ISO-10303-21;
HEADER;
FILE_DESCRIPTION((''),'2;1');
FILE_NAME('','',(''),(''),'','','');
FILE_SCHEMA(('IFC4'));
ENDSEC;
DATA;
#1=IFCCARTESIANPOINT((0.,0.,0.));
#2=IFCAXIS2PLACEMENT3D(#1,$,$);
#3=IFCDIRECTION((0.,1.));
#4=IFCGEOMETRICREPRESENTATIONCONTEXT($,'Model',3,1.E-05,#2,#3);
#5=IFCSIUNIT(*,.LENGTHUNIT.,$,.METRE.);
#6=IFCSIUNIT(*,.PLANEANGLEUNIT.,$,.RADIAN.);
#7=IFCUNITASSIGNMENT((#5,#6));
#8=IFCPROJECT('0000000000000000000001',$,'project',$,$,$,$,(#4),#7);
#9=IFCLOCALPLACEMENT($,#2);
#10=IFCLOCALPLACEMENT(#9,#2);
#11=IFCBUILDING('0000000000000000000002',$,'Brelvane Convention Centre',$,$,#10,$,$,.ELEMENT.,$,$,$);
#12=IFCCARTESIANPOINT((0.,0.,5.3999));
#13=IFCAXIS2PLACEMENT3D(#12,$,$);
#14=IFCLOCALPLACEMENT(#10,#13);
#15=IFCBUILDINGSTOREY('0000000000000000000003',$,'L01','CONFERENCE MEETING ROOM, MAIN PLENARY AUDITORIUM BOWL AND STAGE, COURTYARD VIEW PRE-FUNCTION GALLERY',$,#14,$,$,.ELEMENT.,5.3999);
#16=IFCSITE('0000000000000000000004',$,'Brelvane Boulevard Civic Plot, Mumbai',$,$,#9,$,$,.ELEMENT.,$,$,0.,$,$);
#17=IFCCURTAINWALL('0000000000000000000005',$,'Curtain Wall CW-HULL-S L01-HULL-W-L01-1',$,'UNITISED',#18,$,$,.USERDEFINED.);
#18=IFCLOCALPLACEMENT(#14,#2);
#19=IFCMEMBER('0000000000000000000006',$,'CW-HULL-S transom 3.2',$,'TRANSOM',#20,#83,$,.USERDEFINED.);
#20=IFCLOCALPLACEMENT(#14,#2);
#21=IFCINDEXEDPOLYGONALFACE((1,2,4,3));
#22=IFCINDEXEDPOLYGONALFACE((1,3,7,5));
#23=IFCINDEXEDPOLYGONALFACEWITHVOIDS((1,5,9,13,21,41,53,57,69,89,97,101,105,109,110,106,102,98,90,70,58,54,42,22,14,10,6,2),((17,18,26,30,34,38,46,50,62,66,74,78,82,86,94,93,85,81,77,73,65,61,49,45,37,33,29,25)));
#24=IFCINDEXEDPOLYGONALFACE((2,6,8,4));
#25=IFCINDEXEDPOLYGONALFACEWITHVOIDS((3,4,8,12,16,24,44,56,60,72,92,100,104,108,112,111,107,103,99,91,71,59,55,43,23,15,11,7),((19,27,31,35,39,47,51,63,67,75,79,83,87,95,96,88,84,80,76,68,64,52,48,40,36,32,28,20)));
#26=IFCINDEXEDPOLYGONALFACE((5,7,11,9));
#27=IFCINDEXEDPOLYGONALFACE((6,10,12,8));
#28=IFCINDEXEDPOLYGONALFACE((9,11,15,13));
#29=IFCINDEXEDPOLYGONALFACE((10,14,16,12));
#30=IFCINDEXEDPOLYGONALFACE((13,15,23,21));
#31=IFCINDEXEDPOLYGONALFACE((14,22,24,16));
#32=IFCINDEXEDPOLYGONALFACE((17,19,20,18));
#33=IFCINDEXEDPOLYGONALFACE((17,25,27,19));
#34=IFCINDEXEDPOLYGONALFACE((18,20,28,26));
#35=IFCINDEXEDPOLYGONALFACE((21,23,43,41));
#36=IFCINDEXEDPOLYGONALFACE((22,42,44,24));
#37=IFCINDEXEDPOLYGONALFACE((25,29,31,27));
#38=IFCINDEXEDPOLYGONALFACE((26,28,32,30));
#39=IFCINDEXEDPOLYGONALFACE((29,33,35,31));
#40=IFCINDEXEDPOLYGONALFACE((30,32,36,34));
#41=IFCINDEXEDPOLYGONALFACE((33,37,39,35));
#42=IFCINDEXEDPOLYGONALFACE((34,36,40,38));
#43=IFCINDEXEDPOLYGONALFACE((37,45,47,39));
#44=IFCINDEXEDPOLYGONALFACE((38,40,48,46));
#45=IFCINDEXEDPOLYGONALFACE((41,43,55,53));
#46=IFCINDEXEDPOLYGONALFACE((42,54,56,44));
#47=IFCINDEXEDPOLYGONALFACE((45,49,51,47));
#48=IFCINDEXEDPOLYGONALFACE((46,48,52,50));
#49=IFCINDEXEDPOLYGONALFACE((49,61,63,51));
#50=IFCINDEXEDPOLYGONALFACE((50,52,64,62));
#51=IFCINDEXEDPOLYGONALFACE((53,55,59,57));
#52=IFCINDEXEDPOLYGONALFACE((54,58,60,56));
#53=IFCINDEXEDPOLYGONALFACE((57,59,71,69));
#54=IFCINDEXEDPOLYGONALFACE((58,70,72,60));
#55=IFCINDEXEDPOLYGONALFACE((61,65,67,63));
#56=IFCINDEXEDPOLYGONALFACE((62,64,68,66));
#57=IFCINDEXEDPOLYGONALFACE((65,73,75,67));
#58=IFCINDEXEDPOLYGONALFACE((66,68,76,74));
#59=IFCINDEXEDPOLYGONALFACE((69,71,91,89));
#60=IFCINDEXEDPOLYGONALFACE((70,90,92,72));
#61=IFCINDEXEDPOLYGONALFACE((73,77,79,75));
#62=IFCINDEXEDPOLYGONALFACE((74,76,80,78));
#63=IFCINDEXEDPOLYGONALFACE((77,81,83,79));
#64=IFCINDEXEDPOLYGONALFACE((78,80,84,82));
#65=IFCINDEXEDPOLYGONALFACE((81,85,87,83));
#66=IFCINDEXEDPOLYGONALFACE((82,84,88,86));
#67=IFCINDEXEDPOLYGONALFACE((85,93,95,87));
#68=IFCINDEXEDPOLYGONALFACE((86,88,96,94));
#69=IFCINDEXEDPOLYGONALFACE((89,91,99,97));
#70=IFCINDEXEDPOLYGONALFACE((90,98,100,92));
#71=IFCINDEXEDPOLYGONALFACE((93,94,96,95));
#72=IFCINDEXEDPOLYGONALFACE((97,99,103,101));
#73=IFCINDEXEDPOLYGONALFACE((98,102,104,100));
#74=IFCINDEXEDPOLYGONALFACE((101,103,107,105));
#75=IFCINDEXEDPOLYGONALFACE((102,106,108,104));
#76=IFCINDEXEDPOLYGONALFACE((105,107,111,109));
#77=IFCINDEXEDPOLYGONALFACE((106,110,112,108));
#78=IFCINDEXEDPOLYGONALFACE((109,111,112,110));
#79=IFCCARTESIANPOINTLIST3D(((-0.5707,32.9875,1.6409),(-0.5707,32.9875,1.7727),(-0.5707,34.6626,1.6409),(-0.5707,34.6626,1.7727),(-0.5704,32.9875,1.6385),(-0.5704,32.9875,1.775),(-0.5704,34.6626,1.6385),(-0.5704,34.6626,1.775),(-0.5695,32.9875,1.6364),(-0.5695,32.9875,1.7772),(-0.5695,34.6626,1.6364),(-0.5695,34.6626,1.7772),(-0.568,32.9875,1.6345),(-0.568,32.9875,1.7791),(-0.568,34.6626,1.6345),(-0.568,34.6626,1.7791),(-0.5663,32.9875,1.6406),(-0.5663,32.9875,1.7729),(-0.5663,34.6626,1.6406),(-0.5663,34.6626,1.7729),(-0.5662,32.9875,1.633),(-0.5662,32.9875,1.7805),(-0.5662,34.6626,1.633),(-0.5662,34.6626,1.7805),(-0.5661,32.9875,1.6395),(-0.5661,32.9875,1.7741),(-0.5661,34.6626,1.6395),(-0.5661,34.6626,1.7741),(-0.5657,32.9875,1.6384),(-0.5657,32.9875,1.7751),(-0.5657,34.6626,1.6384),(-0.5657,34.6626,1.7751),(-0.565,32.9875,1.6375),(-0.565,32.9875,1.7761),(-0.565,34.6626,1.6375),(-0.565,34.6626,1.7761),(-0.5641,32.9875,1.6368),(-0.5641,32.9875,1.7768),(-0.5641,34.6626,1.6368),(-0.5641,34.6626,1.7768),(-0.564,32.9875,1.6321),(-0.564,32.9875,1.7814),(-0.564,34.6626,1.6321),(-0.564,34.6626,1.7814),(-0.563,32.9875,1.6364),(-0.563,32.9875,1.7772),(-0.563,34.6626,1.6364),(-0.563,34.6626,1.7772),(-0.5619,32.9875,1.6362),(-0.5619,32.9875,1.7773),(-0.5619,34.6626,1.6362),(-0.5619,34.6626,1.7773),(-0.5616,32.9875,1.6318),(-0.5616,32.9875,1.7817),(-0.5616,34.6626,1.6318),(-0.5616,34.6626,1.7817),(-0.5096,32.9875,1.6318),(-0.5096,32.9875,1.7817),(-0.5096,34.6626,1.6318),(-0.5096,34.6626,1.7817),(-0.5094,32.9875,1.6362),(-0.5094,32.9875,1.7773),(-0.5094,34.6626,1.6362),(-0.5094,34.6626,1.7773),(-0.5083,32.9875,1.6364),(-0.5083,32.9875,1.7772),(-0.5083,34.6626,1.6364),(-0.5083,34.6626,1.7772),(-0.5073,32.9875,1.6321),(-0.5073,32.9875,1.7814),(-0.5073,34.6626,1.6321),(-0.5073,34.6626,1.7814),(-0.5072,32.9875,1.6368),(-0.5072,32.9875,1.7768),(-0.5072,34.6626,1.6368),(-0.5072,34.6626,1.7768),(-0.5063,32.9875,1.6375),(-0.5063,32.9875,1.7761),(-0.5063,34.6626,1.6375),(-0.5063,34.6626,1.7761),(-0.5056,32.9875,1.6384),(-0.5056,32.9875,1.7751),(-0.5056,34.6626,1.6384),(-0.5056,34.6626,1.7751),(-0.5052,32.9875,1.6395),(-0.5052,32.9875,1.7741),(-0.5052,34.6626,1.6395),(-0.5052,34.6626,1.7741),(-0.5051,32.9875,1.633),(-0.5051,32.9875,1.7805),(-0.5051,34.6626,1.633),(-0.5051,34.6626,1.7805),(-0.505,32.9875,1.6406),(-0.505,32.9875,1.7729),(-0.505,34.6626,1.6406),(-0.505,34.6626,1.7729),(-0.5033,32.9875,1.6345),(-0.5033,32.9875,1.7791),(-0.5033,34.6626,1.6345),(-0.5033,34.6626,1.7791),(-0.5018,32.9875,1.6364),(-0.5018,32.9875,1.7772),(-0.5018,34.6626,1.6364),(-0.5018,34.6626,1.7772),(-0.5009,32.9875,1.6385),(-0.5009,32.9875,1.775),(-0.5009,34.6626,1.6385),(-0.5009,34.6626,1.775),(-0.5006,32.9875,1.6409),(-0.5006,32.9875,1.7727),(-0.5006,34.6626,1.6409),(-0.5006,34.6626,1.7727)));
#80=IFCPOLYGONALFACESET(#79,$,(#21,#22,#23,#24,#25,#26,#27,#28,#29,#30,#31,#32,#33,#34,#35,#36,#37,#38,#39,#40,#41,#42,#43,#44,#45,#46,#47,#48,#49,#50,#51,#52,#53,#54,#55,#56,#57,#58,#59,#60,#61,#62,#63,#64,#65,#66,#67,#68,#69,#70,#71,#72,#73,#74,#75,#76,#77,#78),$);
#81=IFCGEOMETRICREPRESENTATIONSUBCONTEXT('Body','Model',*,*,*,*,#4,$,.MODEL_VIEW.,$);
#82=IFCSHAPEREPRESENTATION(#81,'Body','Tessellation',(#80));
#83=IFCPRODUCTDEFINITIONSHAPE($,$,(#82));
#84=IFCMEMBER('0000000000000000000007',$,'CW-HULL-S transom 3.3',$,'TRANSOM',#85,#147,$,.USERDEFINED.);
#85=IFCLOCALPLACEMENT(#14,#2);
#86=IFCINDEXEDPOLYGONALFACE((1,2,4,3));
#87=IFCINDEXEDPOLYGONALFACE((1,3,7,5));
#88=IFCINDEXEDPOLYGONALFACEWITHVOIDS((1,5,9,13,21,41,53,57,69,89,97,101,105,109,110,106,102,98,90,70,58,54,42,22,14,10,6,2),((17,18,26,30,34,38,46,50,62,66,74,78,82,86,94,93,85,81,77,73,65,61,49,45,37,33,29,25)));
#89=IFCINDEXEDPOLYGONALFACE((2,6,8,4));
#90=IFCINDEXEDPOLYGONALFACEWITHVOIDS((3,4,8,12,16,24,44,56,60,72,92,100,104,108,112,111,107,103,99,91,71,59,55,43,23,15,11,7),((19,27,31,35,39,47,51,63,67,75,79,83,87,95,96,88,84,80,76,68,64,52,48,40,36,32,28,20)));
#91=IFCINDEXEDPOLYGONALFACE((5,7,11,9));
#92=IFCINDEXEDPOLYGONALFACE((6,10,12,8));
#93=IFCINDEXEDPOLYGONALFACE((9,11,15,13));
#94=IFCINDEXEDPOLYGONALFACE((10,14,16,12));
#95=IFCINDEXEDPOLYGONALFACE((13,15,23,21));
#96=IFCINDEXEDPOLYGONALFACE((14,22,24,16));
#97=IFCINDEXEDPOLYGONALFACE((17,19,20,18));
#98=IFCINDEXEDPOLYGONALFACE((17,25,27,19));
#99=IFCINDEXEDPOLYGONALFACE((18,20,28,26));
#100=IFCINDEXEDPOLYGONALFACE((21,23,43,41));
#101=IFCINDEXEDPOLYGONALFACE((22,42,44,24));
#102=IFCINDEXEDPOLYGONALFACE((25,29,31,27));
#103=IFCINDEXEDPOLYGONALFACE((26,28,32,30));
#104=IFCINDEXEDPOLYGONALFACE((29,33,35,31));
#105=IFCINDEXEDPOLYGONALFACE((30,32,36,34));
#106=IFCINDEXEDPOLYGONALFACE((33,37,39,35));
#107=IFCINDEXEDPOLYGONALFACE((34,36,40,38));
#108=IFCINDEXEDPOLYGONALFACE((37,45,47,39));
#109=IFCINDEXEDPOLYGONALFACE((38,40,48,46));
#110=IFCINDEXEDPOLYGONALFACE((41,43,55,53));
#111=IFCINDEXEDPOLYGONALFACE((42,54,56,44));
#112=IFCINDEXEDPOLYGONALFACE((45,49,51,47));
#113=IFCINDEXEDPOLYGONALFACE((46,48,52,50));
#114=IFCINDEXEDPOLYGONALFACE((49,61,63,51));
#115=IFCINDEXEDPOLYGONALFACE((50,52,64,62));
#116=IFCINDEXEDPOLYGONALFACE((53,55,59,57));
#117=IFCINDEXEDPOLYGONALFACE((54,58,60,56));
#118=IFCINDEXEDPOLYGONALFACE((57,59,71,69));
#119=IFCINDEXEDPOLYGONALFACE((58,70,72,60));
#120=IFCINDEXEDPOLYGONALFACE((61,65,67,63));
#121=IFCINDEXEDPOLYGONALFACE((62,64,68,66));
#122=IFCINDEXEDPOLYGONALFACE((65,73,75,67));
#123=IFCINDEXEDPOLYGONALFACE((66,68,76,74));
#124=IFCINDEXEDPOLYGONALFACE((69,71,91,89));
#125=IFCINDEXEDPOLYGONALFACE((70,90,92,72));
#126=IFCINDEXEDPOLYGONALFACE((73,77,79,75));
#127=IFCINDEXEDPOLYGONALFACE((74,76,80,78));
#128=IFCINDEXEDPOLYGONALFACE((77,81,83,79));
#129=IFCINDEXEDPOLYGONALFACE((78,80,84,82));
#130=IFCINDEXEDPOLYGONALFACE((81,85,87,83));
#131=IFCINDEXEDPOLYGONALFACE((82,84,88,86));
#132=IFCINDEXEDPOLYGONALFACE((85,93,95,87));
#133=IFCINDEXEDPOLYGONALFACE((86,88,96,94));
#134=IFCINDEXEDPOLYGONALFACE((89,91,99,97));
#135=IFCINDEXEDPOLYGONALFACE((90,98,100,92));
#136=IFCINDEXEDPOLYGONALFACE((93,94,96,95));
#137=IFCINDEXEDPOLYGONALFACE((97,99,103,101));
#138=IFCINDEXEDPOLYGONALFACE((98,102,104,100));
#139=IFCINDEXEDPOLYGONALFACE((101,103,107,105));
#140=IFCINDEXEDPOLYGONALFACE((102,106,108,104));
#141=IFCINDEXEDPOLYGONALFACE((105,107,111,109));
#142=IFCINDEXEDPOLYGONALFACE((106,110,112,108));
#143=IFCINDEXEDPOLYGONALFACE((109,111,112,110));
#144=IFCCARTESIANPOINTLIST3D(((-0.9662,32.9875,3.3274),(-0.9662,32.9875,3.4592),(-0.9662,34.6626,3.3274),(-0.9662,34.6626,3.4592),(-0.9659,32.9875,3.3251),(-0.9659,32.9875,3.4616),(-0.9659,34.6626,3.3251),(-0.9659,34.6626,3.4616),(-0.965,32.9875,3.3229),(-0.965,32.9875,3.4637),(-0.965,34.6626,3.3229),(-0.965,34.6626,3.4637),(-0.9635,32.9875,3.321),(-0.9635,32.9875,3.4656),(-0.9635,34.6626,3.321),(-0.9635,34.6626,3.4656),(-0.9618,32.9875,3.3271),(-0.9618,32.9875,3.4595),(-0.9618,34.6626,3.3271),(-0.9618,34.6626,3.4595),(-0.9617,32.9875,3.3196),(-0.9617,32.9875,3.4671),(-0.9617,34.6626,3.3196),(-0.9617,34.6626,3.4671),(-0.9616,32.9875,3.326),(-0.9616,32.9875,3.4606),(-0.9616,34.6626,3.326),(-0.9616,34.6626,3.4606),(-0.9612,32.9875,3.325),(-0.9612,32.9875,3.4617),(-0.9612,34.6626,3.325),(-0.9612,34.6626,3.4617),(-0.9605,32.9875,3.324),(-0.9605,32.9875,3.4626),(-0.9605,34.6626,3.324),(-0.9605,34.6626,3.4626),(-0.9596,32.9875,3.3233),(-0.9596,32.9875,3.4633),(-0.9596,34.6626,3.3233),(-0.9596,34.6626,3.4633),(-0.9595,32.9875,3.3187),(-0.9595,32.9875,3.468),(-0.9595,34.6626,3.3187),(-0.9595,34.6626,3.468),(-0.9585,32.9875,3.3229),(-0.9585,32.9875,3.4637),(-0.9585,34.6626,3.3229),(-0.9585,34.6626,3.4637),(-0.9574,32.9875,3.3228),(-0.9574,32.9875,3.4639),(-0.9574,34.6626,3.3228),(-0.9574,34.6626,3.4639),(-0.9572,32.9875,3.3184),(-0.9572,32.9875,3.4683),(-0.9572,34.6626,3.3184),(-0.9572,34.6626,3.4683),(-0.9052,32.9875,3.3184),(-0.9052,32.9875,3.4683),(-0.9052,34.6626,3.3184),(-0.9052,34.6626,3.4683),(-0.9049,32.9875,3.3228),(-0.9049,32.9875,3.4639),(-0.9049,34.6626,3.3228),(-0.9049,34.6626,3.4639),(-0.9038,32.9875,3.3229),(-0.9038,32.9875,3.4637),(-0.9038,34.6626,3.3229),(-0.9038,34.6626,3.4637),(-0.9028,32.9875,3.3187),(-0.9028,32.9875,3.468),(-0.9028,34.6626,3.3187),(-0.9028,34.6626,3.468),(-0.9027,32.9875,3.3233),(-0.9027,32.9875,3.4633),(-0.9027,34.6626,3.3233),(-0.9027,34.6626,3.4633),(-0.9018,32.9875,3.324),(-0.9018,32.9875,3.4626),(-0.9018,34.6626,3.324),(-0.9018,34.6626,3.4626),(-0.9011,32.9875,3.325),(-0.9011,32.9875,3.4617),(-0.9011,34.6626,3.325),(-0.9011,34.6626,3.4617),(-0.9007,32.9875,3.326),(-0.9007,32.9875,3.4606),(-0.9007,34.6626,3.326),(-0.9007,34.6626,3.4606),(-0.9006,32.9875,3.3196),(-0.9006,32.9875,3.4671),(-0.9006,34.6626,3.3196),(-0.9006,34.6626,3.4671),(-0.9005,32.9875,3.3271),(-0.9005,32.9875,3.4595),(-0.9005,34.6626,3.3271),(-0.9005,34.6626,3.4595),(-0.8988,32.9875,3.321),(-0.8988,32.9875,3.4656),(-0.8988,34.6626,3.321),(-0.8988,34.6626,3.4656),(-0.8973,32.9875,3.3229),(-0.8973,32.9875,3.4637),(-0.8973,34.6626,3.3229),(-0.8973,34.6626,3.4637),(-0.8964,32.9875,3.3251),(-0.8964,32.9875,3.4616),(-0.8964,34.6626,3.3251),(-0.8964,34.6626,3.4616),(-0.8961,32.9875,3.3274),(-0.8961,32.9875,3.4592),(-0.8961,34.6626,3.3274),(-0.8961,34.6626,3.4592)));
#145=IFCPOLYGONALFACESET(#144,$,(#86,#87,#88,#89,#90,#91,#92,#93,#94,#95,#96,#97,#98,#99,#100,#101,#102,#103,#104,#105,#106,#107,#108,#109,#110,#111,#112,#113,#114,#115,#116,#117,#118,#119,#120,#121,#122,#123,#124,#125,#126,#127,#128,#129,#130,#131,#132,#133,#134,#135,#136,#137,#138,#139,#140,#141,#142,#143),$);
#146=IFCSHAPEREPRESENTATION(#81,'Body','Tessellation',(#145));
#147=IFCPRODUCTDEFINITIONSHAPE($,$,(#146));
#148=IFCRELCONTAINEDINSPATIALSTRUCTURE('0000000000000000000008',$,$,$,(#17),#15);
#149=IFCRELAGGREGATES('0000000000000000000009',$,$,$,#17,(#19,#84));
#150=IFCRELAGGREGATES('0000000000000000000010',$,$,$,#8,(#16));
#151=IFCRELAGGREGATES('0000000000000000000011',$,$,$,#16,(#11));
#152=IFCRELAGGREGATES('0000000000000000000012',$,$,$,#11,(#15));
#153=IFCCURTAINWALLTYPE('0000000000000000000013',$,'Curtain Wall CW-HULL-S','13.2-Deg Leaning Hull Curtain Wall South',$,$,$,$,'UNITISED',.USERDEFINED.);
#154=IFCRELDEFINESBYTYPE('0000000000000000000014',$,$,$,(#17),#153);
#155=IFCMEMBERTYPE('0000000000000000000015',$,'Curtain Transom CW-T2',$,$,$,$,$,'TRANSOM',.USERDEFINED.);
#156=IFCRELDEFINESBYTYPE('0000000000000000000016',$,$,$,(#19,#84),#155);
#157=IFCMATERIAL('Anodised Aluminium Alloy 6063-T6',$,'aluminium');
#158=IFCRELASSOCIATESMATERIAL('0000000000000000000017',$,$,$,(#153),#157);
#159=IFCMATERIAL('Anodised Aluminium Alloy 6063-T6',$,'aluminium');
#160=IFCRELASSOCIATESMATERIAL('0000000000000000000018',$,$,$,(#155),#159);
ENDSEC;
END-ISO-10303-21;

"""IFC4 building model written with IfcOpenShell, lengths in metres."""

from ifc_helpers import new_model, si_unit, direction, frame, origin, origin_2d, place, context, subcontext, project, spatial, hollow_rectangle, extrude, material, material_profile, profile_set, type_object, element, aggregate, save


model = new_model("IFC4")

# Units and contexts
model_context = context("Model", 3, precision=1e-05, world=origin(), true_north=direction((0.0, 1.0)))
body_context = subcontext(model_context, "Body", "Model", "MODEL_VIEW")
ifc_project = project(units=[si_unit("LENGTHUNIT", "METRE"), si_unit("PLANEANGLEUNIT", "RADIAN")], contexts=[model_context])

# Site, building, storey
site_placement = place(None, origin())
site = spatial("IfcSite", under=ifc_project, at=site_placement, Name="Brelvane Boulevard Civic Plot, Mumbai", CompositionType="ELEMENT", RefElevation=0.0)
building_placement = place(site_placement, origin())
building = spatial("IfcBuilding", under=site, at=building_placement, Name="Brelvane Convention Centre", CompositionType="ELEMENT")
storey_placement = place(building_placement, frame((0.0, 0.0, 5.3999)))
storey = spatial("IfcBuildingStorey", under=building, at=storey_placement, Name="L01", Description="CONFERENCE MEETING ROOM, MAIN PLENARY AUDITORIUM BOWL AND STAGE, COURTYARD VIEW PRE-FUNCTION GALLERY", CompositionType="ELEMENT", Elevation=5.3999)

# Curtain wall, members
ifc_material_1 = material(Name="Anodised Aluminium Alloy 6063-T6", Category="aluminium")
curtain_wall_type = type_object("IfcCurtainWallType", Name="Curtain Wall CW-HULL-S", Description="13.2-Deg Leaning Hull Curtain Wall South", ElementType="UNITISED", PredefinedType="USERDEFINED", material=ifc_material_1)
curtain_wall_placement = place(storey_placement, origin())
curtain_wall = element("IfcCurtainWall", 1, at=curtain_wall_placement, inside=storey, type_object=curtain_wall_type, Name="Curtain Wall CW-HULL-S L01-HULL-W-L01-1", ObjectType="UNITISED", PredefinedType="USERDEFINED")
ifc_material_2 = material(Name="Anodised Aluminium Alloy 6063-T6", Category="aluminium")
ifc_material_profile_1 = material_profile(ifc_material_2, hollow_rectangle(XDim=0.0701, YDim=0.1499, WallThickness=0.0044, InnerFilletRadius=0.0044, OuterFilletRadius=0.009, at=origin_2d()), Name="ALU-T 150x70x4.5")
ifc_profile_set_1 = profile_set([ifc_material_profile_1], Name="Anodised Aluminium Alloy 6063-T6")
member_type_1 = type_object("IfcMemberType", Name="Curtain Transom CW-T2", ElementType="TRANSOM", PredefinedType="USERDEFINED", material=ifc_profile_set_1)
member_1_placement = place(storey_placement, frame((-0.5356, 32.9875, 1.7068), z_axis=(0.0, 1.0, 0.0), x_axis=(-1.0, 0.0, 0.0)))
member_1 = element("IfcMember", 2, at=member_1_placement, type_object=member_type_1, Name="CW-HULL-S transom 3.2", ObjectType="TRANSOM", PredefinedType="USERDEFINED", context=body_context, shape_type="SweptSolid", body=[
    extrude(hollow_rectangle(XDim=0.0701, YDim=0.1499, WallThickness=0.0044, InnerFilletRadius=0.0044, OuterFilletRadius=0.009, at=origin_2d()), origin(), (0.0, 0.0, 1.0), 1.675),
])
member_2_placement = place(storey_placement, frame((-0.9312, 32.9875, 3.3933), z_axis=(0.0, 1.0, 0.0), x_axis=(-1.0, 0.0, 0.0)))
member_2 = element("IfcMember", 3, at=member_2_placement, type_object=member_type_1, Name="CW-HULL-S transom 3.3", ObjectType="TRANSOM", PredefinedType="USERDEFINED", context=body_context, shape_type="SweptSolid", body=[
    extrude(hollow_rectangle(XDim=0.0701, YDim=0.1499, WallThickness=0.0044, InnerFilletRadius=0.0044, OuterFilletRadius=0.009, at=origin_2d()), origin(), (0.0, 0.0, 1.0), 1.675),
])
aggregate(curtain_wall, [member_1, member_2])

save(model, "model.ifc")
